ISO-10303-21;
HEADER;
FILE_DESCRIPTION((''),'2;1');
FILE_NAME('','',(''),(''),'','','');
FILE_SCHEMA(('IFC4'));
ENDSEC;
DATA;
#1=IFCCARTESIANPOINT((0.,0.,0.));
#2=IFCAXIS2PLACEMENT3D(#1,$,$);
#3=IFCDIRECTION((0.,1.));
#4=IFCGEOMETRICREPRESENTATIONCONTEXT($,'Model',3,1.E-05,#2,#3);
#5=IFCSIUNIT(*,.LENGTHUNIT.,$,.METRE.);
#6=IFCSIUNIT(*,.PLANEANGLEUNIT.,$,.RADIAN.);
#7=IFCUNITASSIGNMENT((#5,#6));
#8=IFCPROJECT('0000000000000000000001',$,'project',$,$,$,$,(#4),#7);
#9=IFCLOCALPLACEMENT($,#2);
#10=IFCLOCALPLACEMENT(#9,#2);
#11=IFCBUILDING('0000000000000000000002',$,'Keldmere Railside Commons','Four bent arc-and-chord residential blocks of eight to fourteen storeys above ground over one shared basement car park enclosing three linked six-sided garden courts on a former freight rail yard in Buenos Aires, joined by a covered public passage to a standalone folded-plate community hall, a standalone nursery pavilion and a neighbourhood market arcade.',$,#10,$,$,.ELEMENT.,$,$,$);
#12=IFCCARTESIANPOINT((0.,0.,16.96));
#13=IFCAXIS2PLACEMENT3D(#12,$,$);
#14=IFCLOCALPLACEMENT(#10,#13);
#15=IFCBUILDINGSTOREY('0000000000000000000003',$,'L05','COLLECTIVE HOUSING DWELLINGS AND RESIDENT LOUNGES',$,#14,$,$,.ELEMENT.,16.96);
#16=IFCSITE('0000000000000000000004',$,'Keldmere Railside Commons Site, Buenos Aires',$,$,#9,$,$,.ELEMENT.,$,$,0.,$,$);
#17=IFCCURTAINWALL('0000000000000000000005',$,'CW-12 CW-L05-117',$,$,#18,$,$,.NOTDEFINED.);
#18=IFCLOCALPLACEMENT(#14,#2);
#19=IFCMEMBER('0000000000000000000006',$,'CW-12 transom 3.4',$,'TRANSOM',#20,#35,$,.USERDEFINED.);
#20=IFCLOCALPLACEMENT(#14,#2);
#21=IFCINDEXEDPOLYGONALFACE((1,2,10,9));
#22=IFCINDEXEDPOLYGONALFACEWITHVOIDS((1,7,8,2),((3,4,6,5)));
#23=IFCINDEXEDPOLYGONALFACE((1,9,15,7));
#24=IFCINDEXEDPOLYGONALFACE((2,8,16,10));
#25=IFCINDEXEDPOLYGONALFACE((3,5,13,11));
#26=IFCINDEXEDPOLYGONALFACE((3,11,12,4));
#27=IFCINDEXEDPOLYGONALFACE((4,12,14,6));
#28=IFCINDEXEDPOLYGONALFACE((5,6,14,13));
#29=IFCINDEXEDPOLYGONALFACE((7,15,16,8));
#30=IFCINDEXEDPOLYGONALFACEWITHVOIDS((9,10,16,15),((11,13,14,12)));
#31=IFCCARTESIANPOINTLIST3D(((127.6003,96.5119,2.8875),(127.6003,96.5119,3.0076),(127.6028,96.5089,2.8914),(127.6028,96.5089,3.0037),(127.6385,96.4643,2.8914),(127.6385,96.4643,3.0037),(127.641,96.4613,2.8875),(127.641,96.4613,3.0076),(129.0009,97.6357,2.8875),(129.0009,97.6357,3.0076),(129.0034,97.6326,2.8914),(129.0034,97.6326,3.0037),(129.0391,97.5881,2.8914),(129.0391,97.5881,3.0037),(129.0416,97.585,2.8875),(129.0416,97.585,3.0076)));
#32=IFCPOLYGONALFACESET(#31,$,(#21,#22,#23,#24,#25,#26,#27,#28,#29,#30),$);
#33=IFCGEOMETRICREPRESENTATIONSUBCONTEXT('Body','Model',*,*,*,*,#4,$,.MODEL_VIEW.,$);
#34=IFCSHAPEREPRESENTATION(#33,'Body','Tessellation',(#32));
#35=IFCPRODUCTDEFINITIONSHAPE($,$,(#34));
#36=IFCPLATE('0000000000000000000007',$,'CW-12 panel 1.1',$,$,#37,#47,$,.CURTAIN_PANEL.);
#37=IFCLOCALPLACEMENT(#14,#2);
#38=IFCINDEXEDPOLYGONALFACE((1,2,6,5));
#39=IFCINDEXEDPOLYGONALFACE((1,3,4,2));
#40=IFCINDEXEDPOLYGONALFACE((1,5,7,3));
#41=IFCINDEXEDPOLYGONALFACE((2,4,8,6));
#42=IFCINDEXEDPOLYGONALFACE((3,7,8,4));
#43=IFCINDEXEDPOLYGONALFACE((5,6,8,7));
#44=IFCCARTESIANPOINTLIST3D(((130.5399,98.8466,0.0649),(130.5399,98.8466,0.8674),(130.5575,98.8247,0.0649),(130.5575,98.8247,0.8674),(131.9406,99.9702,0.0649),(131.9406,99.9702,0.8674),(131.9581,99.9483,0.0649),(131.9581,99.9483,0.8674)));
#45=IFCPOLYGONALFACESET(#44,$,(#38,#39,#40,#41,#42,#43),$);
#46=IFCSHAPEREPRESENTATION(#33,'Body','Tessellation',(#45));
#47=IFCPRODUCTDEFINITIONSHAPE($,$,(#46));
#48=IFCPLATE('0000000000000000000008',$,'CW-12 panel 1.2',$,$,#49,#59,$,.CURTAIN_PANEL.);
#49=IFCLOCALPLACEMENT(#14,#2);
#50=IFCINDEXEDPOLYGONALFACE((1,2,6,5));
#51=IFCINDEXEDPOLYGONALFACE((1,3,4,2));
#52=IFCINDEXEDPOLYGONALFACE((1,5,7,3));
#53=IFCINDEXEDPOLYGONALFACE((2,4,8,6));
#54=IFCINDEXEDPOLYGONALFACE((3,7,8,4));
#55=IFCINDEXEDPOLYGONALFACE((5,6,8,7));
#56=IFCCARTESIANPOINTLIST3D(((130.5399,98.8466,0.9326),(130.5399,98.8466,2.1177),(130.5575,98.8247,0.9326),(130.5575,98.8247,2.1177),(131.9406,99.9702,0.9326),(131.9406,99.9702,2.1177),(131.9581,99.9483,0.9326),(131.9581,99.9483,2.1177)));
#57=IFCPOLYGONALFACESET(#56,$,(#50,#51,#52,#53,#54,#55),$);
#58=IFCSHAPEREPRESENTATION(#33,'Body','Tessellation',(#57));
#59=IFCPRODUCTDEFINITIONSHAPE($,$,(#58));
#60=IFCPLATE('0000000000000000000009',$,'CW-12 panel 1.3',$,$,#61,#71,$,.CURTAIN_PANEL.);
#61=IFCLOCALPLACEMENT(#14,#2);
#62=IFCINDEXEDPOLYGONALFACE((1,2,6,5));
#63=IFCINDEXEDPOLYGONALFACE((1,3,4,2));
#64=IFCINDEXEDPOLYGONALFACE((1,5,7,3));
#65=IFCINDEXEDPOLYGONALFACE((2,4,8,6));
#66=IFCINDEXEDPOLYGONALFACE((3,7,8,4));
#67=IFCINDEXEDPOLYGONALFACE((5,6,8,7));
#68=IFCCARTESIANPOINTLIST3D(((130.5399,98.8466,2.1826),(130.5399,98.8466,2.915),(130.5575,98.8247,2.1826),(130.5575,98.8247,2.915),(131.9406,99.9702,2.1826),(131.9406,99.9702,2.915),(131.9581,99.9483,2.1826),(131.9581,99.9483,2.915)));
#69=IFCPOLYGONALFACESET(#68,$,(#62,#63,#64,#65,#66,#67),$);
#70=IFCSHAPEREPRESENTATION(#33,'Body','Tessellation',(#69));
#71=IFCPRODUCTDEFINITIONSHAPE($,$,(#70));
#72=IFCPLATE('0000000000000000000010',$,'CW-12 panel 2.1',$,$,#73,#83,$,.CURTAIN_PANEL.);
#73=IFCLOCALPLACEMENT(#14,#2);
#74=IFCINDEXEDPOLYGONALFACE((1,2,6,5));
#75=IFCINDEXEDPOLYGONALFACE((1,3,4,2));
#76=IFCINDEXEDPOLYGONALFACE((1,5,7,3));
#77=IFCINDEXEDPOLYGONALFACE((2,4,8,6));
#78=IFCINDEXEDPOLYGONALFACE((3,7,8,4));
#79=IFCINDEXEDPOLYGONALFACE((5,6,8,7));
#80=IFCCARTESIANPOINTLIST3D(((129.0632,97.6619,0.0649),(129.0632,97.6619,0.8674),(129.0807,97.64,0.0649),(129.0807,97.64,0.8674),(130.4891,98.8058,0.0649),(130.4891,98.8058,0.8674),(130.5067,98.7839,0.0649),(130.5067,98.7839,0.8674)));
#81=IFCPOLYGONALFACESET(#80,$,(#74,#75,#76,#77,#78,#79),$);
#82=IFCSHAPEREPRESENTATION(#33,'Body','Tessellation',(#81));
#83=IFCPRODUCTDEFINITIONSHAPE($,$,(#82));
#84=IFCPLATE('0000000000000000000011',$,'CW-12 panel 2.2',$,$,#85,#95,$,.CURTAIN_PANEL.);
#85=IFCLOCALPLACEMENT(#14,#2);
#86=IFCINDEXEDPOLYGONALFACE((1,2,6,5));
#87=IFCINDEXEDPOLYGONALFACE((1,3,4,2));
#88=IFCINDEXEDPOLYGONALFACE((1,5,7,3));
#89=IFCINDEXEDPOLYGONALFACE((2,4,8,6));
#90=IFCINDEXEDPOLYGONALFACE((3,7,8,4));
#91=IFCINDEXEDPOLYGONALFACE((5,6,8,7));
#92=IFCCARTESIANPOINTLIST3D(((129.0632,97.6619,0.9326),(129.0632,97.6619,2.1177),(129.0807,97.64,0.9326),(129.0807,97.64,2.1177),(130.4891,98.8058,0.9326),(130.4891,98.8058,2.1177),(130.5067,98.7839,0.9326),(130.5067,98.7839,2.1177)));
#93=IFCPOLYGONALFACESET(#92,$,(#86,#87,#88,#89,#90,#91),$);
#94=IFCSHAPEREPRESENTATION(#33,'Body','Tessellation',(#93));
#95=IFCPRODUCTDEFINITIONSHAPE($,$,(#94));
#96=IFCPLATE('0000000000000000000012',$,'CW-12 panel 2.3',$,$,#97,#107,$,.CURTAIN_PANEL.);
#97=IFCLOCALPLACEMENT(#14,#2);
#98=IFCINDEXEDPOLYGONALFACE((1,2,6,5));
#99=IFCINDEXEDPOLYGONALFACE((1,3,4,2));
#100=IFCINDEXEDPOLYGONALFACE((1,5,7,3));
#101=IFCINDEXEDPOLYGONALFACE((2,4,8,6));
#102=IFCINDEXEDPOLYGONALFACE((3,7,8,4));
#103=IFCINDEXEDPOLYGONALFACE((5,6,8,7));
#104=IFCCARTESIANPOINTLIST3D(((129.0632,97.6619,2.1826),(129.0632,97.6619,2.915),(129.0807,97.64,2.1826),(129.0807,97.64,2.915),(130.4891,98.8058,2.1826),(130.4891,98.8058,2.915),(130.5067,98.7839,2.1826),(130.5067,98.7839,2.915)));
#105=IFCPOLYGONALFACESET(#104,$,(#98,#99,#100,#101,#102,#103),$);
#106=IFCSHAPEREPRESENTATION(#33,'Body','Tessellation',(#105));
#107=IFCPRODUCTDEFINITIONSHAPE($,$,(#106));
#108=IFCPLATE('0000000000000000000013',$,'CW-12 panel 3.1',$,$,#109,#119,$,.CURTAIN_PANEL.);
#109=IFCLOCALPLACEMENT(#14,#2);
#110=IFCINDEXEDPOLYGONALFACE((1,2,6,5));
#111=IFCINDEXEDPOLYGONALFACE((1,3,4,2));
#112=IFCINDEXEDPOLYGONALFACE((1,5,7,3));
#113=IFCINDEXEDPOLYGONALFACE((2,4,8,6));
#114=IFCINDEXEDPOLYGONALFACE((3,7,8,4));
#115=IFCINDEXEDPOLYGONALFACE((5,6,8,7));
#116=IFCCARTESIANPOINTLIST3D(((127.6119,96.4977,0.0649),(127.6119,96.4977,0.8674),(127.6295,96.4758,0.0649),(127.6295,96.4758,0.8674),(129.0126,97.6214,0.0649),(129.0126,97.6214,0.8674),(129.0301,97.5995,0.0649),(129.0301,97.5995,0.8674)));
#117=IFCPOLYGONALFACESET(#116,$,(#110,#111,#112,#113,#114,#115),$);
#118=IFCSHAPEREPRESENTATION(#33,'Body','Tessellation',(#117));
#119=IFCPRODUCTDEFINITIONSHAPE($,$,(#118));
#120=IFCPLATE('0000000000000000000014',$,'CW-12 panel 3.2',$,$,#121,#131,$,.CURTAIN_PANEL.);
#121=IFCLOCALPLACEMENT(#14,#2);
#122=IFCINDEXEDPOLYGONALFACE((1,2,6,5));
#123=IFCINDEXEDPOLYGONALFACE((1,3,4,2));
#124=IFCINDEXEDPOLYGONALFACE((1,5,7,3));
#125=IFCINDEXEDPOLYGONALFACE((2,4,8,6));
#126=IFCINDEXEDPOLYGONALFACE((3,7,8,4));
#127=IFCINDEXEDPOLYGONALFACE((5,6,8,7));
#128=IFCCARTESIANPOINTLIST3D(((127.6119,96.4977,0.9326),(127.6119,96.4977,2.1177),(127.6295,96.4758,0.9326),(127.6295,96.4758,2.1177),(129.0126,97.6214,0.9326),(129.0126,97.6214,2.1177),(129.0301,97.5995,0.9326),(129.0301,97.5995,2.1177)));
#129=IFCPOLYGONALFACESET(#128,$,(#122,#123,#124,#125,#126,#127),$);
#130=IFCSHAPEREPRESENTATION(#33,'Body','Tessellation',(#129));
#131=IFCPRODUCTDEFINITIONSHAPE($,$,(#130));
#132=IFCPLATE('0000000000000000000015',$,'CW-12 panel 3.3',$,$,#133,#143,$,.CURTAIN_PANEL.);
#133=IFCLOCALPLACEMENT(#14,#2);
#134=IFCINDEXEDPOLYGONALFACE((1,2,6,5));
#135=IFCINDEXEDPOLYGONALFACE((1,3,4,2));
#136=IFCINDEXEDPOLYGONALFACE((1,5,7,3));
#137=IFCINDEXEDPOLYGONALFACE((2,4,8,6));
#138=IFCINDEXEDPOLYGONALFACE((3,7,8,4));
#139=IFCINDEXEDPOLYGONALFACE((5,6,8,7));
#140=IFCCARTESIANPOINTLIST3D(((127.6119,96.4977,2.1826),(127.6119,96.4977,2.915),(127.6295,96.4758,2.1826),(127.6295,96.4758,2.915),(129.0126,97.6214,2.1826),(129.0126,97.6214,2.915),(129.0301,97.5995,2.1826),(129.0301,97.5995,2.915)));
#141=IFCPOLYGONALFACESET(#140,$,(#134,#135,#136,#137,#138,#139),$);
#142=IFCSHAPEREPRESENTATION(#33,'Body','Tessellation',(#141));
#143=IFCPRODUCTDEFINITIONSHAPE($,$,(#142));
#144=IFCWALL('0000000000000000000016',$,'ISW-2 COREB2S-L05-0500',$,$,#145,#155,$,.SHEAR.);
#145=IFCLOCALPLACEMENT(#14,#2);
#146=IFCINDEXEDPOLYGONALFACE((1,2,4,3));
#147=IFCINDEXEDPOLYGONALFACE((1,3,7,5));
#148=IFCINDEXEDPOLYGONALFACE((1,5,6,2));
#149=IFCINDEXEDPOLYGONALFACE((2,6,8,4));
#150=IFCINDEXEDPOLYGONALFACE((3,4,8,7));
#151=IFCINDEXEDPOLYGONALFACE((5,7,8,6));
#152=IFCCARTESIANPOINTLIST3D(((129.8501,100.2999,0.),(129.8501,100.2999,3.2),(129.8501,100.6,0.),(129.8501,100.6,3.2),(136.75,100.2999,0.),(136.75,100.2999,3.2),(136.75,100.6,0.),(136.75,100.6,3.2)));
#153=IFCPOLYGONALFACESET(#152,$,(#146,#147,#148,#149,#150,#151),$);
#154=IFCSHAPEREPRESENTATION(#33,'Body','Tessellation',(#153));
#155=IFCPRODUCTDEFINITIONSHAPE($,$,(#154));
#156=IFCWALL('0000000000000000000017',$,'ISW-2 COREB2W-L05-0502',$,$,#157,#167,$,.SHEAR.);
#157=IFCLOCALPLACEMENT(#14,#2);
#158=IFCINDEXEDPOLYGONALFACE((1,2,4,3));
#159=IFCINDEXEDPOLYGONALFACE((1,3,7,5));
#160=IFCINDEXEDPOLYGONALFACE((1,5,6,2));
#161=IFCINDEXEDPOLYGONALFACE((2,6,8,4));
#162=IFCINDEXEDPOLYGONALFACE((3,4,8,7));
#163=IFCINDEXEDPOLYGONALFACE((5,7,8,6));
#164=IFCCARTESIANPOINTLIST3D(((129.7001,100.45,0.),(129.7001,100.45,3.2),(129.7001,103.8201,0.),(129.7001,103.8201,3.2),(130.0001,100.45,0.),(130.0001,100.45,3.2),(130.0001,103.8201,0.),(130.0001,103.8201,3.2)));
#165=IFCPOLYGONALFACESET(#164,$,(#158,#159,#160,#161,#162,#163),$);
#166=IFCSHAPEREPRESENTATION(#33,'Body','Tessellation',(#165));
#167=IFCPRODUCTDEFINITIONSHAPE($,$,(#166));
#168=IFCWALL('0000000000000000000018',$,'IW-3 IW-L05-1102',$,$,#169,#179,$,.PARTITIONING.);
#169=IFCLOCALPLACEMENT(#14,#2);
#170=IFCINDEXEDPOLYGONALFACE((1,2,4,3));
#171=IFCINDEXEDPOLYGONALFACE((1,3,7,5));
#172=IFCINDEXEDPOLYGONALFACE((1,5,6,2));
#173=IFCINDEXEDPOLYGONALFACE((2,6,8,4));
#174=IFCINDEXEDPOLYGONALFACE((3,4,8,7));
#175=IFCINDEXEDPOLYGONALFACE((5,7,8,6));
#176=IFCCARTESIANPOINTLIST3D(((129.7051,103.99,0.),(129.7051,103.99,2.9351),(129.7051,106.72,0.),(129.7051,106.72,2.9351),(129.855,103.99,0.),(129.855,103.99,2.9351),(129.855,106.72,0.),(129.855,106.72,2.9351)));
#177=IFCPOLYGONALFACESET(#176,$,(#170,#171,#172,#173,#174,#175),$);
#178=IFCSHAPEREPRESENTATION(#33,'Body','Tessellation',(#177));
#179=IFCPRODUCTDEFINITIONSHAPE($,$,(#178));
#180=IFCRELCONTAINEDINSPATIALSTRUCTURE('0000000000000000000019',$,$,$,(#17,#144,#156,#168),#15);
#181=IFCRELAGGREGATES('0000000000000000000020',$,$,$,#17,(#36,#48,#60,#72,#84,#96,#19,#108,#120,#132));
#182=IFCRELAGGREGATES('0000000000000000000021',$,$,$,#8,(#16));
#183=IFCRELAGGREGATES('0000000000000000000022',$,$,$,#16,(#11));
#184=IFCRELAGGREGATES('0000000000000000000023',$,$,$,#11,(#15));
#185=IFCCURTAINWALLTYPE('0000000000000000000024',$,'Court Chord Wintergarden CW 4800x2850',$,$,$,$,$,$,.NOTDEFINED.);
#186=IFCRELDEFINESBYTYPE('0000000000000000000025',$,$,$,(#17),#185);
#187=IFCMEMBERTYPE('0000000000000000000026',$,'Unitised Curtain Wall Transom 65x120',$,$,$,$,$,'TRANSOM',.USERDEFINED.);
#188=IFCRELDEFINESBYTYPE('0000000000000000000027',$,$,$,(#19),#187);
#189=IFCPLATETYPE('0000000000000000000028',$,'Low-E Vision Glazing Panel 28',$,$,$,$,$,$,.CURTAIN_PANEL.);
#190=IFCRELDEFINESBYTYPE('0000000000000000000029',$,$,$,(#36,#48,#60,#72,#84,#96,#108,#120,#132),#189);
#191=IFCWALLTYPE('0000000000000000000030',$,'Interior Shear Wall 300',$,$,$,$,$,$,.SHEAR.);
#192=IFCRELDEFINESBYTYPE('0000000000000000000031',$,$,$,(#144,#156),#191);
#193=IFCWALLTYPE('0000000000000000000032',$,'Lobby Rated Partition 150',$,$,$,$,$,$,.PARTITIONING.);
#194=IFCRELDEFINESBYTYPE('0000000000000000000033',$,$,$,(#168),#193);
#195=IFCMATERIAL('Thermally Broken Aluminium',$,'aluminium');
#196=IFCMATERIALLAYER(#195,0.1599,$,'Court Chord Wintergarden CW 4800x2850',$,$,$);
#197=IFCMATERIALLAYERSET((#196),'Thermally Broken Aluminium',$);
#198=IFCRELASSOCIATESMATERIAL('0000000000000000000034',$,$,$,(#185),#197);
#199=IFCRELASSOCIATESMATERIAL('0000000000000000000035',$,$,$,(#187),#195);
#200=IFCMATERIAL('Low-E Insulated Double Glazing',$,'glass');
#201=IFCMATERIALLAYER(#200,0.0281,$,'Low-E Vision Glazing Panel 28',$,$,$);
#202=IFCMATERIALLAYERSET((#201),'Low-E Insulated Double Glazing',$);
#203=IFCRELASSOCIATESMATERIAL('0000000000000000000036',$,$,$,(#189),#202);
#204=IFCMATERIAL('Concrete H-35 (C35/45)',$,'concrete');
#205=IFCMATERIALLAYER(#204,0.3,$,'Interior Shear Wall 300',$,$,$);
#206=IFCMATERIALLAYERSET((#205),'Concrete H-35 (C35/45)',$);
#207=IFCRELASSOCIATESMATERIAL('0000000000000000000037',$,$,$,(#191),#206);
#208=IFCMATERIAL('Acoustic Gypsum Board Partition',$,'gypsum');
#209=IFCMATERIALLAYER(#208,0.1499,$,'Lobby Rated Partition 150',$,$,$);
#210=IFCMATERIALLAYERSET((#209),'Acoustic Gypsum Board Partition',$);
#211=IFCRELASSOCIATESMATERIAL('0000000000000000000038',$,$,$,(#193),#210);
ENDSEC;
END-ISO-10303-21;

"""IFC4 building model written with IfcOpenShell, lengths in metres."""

from ifc_helpers import new_model, si_unit, direction, frame, frame_2d, origin, origin_2d, place, context, subcontext, project, spatial, rectangle, hollow_rectangle, extrude, material, layer, layer_set, material_profile, profile_set, type_object, element, aggregate, save


model = new_model("IFC4")

# Units and contexts
model_context = context("Model", 3, precision=1e-05, world=origin(), true_north=direction((0.0, 1.0)))
body_context = subcontext(model_context, "Body", "Model", "MODEL_VIEW")
ifc_project = project(units=[si_unit("LENGTHUNIT", "METRE"), si_unit("PLANEANGLEUNIT", "RADIAN")], contexts=[model_context])

# Site, building, storey
site_placement = place(None, origin())
site = spatial("IfcSite", under=ifc_project, at=site_placement, Name="Keldmere Railside Commons Site, Buenos Aires", CompositionType="ELEMENT", RefElevation=0.0)
building_placement = place(site_placement, origin())
building = spatial("IfcBuilding", under=site, at=building_placement, Name="Keldmere Railside Commons", Description="Four bent arc-and-chord residential blocks of eight to fourteen storeys above ground over one shared basement car park enclosing three linked six-sided garden courts on a former freight rail yard in Buenos Aires, joined by a covered public passage to a standalone folded-plate community hall, a standalone nursery pavilion and a neighbourhood market arcade.", CompositionType="ELEMENT")
storey_placement = place(building_placement, frame((0.0, 0.0, 16.96)))
storey = spatial("IfcBuildingStorey", under=building, at=storey_placement, Name="L05", Description="COLLECTIVE HOUSING DWELLINGS AND RESIDENT LOUNGES", CompositionType="ELEMENT", Elevation=16.96)

# Shared definitions
ifc_material_1 = material(Name="Thermally Broken Aluminium", Category="aluminium")

# Curtain wall, member, plates
ifc_layer_1 = layer(ifc_material_1, 0.1599, Name="Court Chord Wintergarden CW 4800x2850")
ifc_layer_set_1 = layer_set([ifc_layer_1], Name="Thermally Broken Aluminium")
curtain_wall_type_1 = type_object("IfcCurtainWallType", Name="Court Chord Wintergarden CW 4800x2850", PredefinedType="NOTDEFINED", material=ifc_layer_set_1)
curtain_wall_1_placement = place(storey_placement, origin())
curtain_wall_1 = element("IfcCurtainWall", 1, at=curtain_wall_1_placement, inside=storey, type_object=curtain_wall_type_1, Name="CW-12 CW-L05-117", PredefinedType="NOTDEFINED")
ifc_material_profile_1 = material_profile(ifc_material_1, hollow_rectangle(XDim=0.0649, YDim=0.1201, WallThickness=0.0039, at=origin_2d()), Name="ALU-TRAN-65x120")
ifc_profile_set_1 = profile_set([ifc_material_profile_1], Name="Thermally Broken Aluminium")
member_type_1 = type_object("IfcMemberType", Name="Unitised Curtain Wall Transom 65x120", ElementType="TRANSOM", PredefinedType="USERDEFINED", material=ifc_profile_set_1)
member_1_placement = place(storey_placement, frame((129.0212, 97.6104, 2.9475), z_axis=(-0.779979, -0.625805, 0.0), x_axis=(0.625805, -0.779979, 0.0)))
member_1 = element("IfcMember", 2, at=member_1_placement, type_object=member_type_1, Name="CW-12 transom 3.4", ObjectType="TRANSOM", PredefinedType="USERDEFINED", context=body_context, shape_type="SweptSolid", body=[
    extrude(hollow_rectangle(XDim=0.0649, YDim=0.1201, WallThickness=0.0039, at=origin_2d()), origin(), (0.0, 0.0, 1.0), 1.7957),
])
ifc_material_2 = material(Name="Low-E Insulated Double Glazing", Category="glass")
ifc_layer_2 = layer(ifc_material_2, 0.0281, Name="Low-E Vision Glazing Panel 28")
ifc_layer_set_2 = layer_set([ifc_layer_2], Name="Low-E Insulated Double Glazing")
plate_type = type_object("IfcPlateType", Name="Low-E Vision Glazing Panel 28", PredefinedType="CURTAIN_PANEL", material=ifc_layer_set_2)
plate_1_placement = place(storey_placement, frame((131.249, 99.3975, 0.0649), z_axis=(0.0, 0.0, 1.0), x_axis=(-0.780009, -0.625768, 0.0)))
plate_1 = element("IfcPlate", 3, at=plate_1_placement, type_object=plate_type, Name="CW-12 panel 1.1", PredefinedType="CURTAIN_PANEL", context=body_context, shape_type="SweptSolid", body=[
    extrude(rectangle(XDim=1.7957, YDim=0.0281, at=origin_2d()), origin(), (0.0, 0.0, 1.0), 0.8025),
])
plate_2_placement = place(storey_placement, frame((131.249, 99.3975, 0.9326), z_axis=(0.0, 0.0, 1.0), x_axis=(-0.780009, -0.625768, 0.0)))
plate_2 = element("IfcPlate", 4, at=plate_2_placement, type_object=plate_type, Name="CW-12 panel 1.2", PredefinedType="CURTAIN_PANEL", context=body_context, shape_type="SweptSolid", body=[
    extrude(rectangle(XDim=1.7957, YDim=0.0281, at=origin_2d()), origin(), (0.0, 0.0, 1.0), 1.1851),
])
plate_3_placement = place(storey_placement, frame((131.249, 99.3975, 2.1826), z_axis=(0.0, 0.0, 1.0), x_axis=(-0.780009, -0.625768, 0.0)))
plate_3 = element("IfcPlate", 5, at=plate_3_placement, type_object=plate_type, Name="CW-12 panel 1.3", PredefinedType="CURTAIN_PANEL", context=body_context, shape_type="SweptSolid", body=[
    extrude(rectangle(XDim=1.7957, YDim=0.0281, at=origin_2d()), origin(), (0.0, 0.0, 1.0), 0.7324),
])
plate_4_placement = place(storey_placement, frame((129.7849, 98.2229, 0.0649), z_axis=(0.0, 0.0, 1.0), x_axis=(-0.780009, -0.625768, 0.0)))
plate_4 = element("IfcPlate", 6, at=plate_4_placement, type_object=plate_type, Name="CW-12 panel 2.1", PredefinedType="CURTAIN_PANEL", context=body_context, shape_type="SweptSolid", body=[
    extrude(rectangle(XDim=1.8281, YDim=0.0281, at=origin_2d()), origin(), (0.0, 0.0, 1.0), 0.8025),
])
plate_5_placement = place(storey_placement, frame((129.7849, 98.2229, 0.9326), z_axis=(0.0, 0.0, 1.0), x_axis=(-0.780009, -0.625768, 0.0)))
plate_5 = element("IfcPlate", 7, at=plate_5_placement, type_object=plate_type, Name="CW-12 panel 2.2", PredefinedType="CURTAIN_PANEL", context=body_context, shape_type="SweptSolid", body=[
    extrude(rectangle(XDim=1.8281, YDim=0.0281, at=origin_2d()), origin(), (0.0, 0.0, 1.0), 1.1851),
])
plate_6_placement = place(storey_placement, frame((129.7849, 98.2229, 2.1826), z_axis=(0.0, 0.0, 1.0), x_axis=(-0.780009, -0.625768, 0.0)))
plate_6 = element("IfcPlate", 8, at=plate_6_placement, type_object=plate_type, Name="CW-12 panel 2.3", PredefinedType="CURTAIN_PANEL", context=body_context, shape_type="SweptSolid", body=[
    extrude(rectangle(XDim=1.8281, YDim=0.0281, at=origin_2d()), origin(), (0.0, 0.0, 1.0), 0.7324),
])
plate_7_placement = place(storey_placement, frame((128.321, 97.0486, 0.0649), z_axis=(0.0, 0.0, 1.0), x_axis=(-0.780009, -0.625768, 0.0)))
plate_7 = element("IfcPlate", 9, at=plate_7_placement, type_object=plate_type, Name="CW-12 panel 3.1", PredefinedType="CURTAIN_PANEL", context=body_context, shape_type="SweptSolid", body=[
    extrude(rectangle(XDim=1.7957, YDim=0.0281, at=origin_2d()), origin(), (0.0, 0.0, 1.0), 0.8025),
])
plate_8_placement = place(storey_placement, frame((128.321, 97.0486, 0.9326), z_axis=(0.0, 0.0, 1.0), x_axis=(-0.780009, -0.625768, 0.0)))
plate_8 = element("IfcPlate", 10, at=plate_8_placement, type_object=plate_type, Name="CW-12 panel 3.2", PredefinedType="CURTAIN_PANEL", context=body_context, shape_type="SweptSolid", body=[
    extrude(rectangle(XDim=1.7957, YDim=0.0281, at=origin_2d()), origin(), (0.0, 0.0, 1.0), 1.1851),
])
plate_9_placement = place(storey_placement, frame((128.321, 97.0486, 2.1826), z_axis=(0.0, 0.0, 1.0), x_axis=(-0.780009, -0.625768, 0.0)))
plate_9 = element("IfcPlate", 11, at=plate_9_placement, type_object=plate_type, Name="CW-12 panel 3.3", PredefinedType="CURTAIN_PANEL", context=body_context, shape_type="SweptSolid", body=[
    extrude(rectangle(XDim=1.7957, YDim=0.0281, at=origin_2d()), origin(), (0.0, 0.0, 1.0), 0.7324),
])
aggregate(curtain_wall_1, [plate_1, plate_2, plate_3, plate_4, plate_5, plate_6, member_1, plate_7, plate_8, plate_9])

# Walls
ifc_material_3 = material(Name="Concrete H-35 (C35/45)", Category="concrete")
ifc_layer_3 = layer(ifc_material_3, 0.3, Name="Interior Shear Wall 300")
ifc_layer_set_3 = layer_set([ifc_layer_3], Name="Concrete H-35 (C35/45)")
wall_type_1 = type_object("IfcWallType", Name="Interior Shear Wall 300", PredefinedType="SHEAR", material=ifc_layer_set_3)
wall_1_placement = place(storey_placement, frame((129.8501, 100.45, 0.0), z_axis=(0.0, 0.0, 1.0), x_axis=(1.0, 0.0, 0.0)))
element("IfcWall", 12, at=wall_1_placement, inside=storey, type_object=wall_type_1, Name="ISW-2 COREB2S-L05-0500", PredefinedType="SHEAR", context=body_context, shape_type="SweptSolid", body=[
    extrude(rectangle(XDim=6.8999, YDim=0.3, at=frame_2d((3.45, 0.0))), origin(), (0.0, 0.0, 1.0), 3.2),
])
wall_2_placement = place(storey_placement, frame((129.8501, 103.8201, 0.0), z_axis=(0.0, 0.0, 1.0), x_axis=(0.0, -1.0, 0.0)))
element("IfcWall", 13, at=wall_2_placement, inside=storey, type_object=wall_type_1, Name="ISW-2 COREB2W-L05-0502", PredefinedType="SHEAR", context=body_context, shape_type="SweptSolid", body=[
    extrude(rectangle(XDim=3.3701, YDim=0.3, at=frame_2d((1.6851, 0.0))), origin(), (0.0, 0.0, 1.0), 3.2),
])
ifc_material_4 = material(Name="Acoustic Gypsum Board Partition", Category="gypsum")
ifc_layer_4 = layer(ifc_material_4, 0.1499, Name="Lobby Rated Partition 150")
ifc_layer_set_4 = layer_set([ifc_layer_4], Name="Acoustic Gypsum Board Partition")
wall_type_2 = type_object("IfcWallType", Name="Lobby Rated Partition 150", PredefinedType="PARTITIONING", material=ifc_layer_set_4)
wall_3_placement = place(storey_placement, frame((129.78, 103.99, 0.0), z_axis=(0.0, 0.0, 1.0), x_axis=(0.0, 1.0, 0.0)))
element("IfcWall", 14, at=wall_3_placement, inside=storey, type_object=wall_type_2, Name="IW-3 IW-L05-1102", PredefinedType="PARTITIONING", context=body_context, shape_type="SweptSolid", body=[
    extrude(rectangle(XDim=2.73, YDim=0.1499, at=frame_2d((1.365, 0.0))), origin(), (0.0, 0.0, 1.0), 2.9351),
])

save(model, "model.ifc")
